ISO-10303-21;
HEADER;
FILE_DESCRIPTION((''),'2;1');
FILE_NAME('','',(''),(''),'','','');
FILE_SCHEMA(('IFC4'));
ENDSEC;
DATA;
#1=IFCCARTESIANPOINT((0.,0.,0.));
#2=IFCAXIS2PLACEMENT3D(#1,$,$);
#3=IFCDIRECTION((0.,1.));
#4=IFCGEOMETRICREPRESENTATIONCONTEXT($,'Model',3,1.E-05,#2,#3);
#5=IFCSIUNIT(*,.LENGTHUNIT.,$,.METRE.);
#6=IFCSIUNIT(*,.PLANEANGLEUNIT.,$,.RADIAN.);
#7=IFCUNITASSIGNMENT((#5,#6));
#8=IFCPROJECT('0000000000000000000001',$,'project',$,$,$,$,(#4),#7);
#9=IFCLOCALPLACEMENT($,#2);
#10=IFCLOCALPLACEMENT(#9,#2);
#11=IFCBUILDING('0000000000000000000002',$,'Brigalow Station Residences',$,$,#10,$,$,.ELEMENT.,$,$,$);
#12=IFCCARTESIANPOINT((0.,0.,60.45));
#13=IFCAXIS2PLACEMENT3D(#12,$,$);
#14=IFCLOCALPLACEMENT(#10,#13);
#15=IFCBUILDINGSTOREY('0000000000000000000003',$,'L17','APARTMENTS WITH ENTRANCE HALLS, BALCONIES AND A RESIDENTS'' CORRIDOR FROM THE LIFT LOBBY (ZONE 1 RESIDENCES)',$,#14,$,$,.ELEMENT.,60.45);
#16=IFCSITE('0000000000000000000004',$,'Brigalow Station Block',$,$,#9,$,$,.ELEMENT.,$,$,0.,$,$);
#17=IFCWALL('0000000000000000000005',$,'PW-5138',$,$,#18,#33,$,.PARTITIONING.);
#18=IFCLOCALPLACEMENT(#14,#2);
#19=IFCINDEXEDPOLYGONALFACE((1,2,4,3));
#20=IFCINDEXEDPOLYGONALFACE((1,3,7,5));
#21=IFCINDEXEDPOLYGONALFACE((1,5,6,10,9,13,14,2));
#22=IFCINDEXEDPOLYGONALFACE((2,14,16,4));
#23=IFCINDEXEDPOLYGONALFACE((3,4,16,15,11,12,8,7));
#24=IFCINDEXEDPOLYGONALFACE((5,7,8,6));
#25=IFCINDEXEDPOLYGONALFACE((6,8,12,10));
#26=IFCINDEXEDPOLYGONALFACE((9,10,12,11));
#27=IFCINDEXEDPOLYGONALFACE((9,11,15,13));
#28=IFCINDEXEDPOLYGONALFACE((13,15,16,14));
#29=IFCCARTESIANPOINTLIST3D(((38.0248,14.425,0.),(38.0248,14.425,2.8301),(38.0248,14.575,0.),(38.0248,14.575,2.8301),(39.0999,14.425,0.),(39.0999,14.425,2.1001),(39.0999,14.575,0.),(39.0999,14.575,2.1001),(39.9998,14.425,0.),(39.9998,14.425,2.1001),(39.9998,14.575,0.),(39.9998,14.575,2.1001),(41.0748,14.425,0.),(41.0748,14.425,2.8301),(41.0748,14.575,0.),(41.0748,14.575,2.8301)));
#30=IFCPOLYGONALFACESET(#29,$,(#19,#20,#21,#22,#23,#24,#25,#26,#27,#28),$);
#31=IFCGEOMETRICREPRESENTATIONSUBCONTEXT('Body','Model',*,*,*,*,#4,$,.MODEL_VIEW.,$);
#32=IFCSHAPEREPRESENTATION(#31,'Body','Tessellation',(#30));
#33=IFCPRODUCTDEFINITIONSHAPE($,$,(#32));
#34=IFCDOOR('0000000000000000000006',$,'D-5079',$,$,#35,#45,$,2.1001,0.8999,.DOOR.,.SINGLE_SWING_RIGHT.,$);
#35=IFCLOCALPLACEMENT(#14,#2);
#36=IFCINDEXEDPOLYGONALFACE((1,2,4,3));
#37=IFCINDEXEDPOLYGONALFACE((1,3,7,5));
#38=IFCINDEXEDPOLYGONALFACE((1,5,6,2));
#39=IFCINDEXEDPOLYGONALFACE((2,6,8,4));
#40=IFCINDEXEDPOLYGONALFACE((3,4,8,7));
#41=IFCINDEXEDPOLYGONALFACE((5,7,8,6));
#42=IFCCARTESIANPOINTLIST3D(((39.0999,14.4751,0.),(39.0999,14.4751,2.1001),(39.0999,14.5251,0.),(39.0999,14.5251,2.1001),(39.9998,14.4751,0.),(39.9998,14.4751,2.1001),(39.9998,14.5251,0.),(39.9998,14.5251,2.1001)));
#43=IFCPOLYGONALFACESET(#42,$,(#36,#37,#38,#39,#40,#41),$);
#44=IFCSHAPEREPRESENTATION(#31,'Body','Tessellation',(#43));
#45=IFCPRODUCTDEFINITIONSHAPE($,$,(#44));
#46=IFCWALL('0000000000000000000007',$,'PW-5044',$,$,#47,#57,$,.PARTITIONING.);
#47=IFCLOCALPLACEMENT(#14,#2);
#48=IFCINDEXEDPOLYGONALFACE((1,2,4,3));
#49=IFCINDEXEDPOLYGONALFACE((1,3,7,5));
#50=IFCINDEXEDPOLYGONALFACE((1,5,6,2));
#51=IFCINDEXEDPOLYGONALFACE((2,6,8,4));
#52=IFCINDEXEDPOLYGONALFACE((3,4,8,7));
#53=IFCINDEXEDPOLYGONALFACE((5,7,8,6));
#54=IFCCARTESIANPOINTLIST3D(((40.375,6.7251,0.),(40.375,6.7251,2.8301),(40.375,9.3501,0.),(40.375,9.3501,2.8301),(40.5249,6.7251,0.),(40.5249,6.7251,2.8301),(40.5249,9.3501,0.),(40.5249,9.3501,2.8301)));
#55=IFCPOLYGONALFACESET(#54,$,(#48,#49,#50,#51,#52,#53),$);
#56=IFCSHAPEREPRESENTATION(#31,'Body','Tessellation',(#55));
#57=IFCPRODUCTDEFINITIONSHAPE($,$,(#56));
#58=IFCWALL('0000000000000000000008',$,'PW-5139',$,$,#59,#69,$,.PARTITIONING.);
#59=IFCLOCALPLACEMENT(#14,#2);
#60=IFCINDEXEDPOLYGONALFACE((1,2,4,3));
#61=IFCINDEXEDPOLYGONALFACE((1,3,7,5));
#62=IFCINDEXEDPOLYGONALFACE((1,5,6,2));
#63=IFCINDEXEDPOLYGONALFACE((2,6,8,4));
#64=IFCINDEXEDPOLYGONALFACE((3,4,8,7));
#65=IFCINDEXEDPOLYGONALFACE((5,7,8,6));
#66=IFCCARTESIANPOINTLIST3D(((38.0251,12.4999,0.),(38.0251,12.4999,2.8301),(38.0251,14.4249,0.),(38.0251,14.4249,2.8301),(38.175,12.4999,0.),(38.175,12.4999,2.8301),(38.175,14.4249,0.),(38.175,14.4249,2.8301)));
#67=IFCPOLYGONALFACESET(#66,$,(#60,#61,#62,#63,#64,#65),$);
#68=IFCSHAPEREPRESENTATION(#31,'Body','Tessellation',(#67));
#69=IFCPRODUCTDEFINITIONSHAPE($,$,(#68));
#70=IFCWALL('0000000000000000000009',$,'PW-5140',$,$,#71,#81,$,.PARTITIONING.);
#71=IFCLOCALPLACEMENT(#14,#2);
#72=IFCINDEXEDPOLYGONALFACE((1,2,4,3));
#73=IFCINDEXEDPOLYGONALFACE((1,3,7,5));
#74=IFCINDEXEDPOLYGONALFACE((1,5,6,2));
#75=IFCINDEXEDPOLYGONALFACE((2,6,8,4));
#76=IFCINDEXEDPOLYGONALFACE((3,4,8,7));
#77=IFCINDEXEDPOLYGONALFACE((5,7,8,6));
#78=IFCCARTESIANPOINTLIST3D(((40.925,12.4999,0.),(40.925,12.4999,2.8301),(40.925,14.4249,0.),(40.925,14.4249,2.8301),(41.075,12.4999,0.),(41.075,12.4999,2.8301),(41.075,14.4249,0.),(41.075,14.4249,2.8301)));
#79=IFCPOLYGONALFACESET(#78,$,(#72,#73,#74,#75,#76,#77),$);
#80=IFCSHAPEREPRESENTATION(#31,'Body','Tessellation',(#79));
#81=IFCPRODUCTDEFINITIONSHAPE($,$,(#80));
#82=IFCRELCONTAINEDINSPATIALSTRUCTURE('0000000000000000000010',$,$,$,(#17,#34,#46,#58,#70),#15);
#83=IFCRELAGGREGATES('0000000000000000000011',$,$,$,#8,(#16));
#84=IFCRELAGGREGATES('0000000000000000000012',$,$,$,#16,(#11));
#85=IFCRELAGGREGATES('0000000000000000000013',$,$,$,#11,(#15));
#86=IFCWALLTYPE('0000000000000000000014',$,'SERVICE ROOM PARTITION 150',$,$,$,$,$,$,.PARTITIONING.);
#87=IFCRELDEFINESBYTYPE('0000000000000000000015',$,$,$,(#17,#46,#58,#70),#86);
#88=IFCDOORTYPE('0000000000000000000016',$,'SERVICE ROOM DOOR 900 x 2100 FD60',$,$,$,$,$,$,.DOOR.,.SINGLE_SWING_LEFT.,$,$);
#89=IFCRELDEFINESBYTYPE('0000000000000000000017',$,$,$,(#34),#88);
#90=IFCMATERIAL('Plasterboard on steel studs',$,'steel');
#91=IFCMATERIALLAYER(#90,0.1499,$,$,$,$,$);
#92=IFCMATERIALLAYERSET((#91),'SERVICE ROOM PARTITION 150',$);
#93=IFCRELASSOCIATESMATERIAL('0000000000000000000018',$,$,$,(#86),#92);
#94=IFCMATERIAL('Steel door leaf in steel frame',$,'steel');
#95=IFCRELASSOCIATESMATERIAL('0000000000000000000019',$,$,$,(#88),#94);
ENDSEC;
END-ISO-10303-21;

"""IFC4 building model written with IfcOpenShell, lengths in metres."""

from ifc_helpers import new_model, si_unit, direction, frame, frame_2d, origin, place, context, subcontext, project, spatial, rectangle, extrude, material, layer, layer_set, type_object, element, fill, save


model = new_model("IFC4")

# Units and contexts
model_context = context("Model", 3, precision=1e-05, world=origin(), true_north=direction((0.0, 1.0)))
body_context = subcontext(model_context, "Body", "Model", "MODEL_VIEW")
ifc_project = project(units=[si_unit("LENGTHUNIT", "METRE"), si_unit("PLANEANGLEUNIT", "RADIAN")], contexts=[model_context])

# Site, building, storey
site_placement = place(None, origin())
site = spatial("IfcSite", under=ifc_project, at=site_placement, Name="Brigalow Station Block", CompositionType="ELEMENT", RefElevation=0.0)
building_placement = place(site_placement, origin())
building = spatial("IfcBuilding", under=site, at=building_placement, Name="Brigalow Station Residences", CompositionType="ELEMENT")
storey_placement = place(building_placement, frame((0.0, 0.0, 60.45)))
storey = spatial("IfcBuildingStorey", under=building, at=storey_placement, Name="L17", Description="APARTMENTS WITH ENTRANCE HALLS, BALCONIES AND A RESIDENTS' CORRIDOR FROM THE LIFT LOBBY (ZONE 1 RESIDENCES)", CompositionType="ELEMENT", Elevation=60.45)

# Wall, opening, door
ifc_material_1 = material(Name="Plasterboard on steel studs", Category="steel")
ifc_layer_1 = layer(ifc_material_1, 0.1499)
ifc_layer_set_1 = layer_set([ifc_layer_1], Name="SERVICE ROOM PARTITION 150")
wall_type_1 = type_object("IfcWallType", Name="SERVICE ROOM PARTITION 150", PredefinedType="PARTITIONING", material=ifc_layer_set_1)
wall_1_placement = place(storey_placement, frame((38.0249, 14.5, 0.0), z_axis=(0.0, 0.0, 1.0), x_axis=(1.0, 0.0, 0.0)))
wall_1 = element("IfcWall", 1, at=wall_1_placement, inside=storey, type_object=wall_type_1, Name="PW-5138", PredefinedType="PARTITIONING", context=body_context, shape_type="SweptSolid", body=[
    extrude(rectangle(XDim=3.05, YDim=0.1499, at=frame_2d((1.5249, 0.0))), origin(), (0.0, 0.0, 1.0), 2.8301),
])
opening_1_placement = place(wall_1_placement, frame((1.075, 0.0, 0.0)))
opening_1 = element("IfcOpeningElement", 2, at=opening_1_placement, cuts=wall_1, PredefinedType="OPENING", context=body_context, shape_type="SweptSolid", body=[
    extrude(rectangle(XDim=0.8999, YDim=2.1001, at=frame_2d((0.45, 1.05))), frame((0.0, 0.085, 0.0), z_axis=(0.0, -1.0, 0.0), x_axis=(1.0, 0.0, 0.0)), (0.0, 0.0, 1.0), 0.1699),
])
ifc_material_2 = material(Name="Steel door leaf in steel frame", Category="steel")
door_type_1 = type_object("IfcDoorType", Name="SERVICE ROOM DOOR 900 x 2100 FD60", OperationType="SINGLE_SWING_LEFT", PredefinedType="DOOR", material=ifc_material_2)
door_1_placement = place(opening_1_placement, frame((0.8999, 0.0, 0.0), z_axis=(0.0, 0.0, 1.0), x_axis=(-1.0, 0.0, 0.0)))
door_1 = element("IfcDoor", 3, at=door_1_placement, inside=storey, type_object=door_type_1, Name="D-5079", OperationType="SINGLE_SWING_RIGHT", OverallHeight=2.1001, OverallWidth=0.8999, PredefinedType="DOOR", context=body_context, shape_type="SweptSolid", body=[
    extrude(rectangle(XDim=0.8999, YDim=2.1001, at=frame_2d((0.45, 1.05))), frame((0.0, 0.0249, 0.0), z_axis=(0.0, -1.0, 0.0), x_axis=(1.0, 0.0, 0.0)), (0.0, 0.0, 1.0), 0.05),
])
fill(opening_1, door_1)

# Walls
wall_2_placement = place(storey_placement, frame((40.45, 6.7251, 0.0), z_axis=(0.0, 0.0, 1.0), x_axis=(0.0, 1.0, 0.0)))
element("IfcWall", 4, at=wall_2_placement, inside=storey, type_object=wall_type_1, Name="PW-5044", PredefinedType="PARTITIONING", context=body_context, shape_type="SweptSolid", body=[
    extrude(rectangle(XDim=2.625, YDim=0.1499, at=frame_2d((1.3125, 0.0))), origin(), (0.0, 0.0, 1.0), 2.8301),
])
for number, where, z_axis, x_axis, name in (
    (5, (38.1001, 12.5, 0.0), (0.0, 0.0, 1.0), (0.0, 1.0, 0.0), "PW-5139"),
    (6, (41.0, 12.5, 0.0), (0.0, 0.0, 1.0), (0.0, 1.0, 0.0), "PW-5140"),
):
    element("IfcWall", number, at=place(storey_placement, frame(where, z_axis=z_axis, x_axis=x_axis)), inside=storey, type_object=wall_type_1, Name=name, PredefinedType="PARTITIONING", context=body_context, shape_type="SweptSolid", body=[
        extrude(rectangle(XDim=1.925, YDim=0.1499, at=frame_2d((0.9624, 0.0))), origin(), (0.0, 0.0, 1.0), 2.8301),
    ])

save(model, "model.ifc")
